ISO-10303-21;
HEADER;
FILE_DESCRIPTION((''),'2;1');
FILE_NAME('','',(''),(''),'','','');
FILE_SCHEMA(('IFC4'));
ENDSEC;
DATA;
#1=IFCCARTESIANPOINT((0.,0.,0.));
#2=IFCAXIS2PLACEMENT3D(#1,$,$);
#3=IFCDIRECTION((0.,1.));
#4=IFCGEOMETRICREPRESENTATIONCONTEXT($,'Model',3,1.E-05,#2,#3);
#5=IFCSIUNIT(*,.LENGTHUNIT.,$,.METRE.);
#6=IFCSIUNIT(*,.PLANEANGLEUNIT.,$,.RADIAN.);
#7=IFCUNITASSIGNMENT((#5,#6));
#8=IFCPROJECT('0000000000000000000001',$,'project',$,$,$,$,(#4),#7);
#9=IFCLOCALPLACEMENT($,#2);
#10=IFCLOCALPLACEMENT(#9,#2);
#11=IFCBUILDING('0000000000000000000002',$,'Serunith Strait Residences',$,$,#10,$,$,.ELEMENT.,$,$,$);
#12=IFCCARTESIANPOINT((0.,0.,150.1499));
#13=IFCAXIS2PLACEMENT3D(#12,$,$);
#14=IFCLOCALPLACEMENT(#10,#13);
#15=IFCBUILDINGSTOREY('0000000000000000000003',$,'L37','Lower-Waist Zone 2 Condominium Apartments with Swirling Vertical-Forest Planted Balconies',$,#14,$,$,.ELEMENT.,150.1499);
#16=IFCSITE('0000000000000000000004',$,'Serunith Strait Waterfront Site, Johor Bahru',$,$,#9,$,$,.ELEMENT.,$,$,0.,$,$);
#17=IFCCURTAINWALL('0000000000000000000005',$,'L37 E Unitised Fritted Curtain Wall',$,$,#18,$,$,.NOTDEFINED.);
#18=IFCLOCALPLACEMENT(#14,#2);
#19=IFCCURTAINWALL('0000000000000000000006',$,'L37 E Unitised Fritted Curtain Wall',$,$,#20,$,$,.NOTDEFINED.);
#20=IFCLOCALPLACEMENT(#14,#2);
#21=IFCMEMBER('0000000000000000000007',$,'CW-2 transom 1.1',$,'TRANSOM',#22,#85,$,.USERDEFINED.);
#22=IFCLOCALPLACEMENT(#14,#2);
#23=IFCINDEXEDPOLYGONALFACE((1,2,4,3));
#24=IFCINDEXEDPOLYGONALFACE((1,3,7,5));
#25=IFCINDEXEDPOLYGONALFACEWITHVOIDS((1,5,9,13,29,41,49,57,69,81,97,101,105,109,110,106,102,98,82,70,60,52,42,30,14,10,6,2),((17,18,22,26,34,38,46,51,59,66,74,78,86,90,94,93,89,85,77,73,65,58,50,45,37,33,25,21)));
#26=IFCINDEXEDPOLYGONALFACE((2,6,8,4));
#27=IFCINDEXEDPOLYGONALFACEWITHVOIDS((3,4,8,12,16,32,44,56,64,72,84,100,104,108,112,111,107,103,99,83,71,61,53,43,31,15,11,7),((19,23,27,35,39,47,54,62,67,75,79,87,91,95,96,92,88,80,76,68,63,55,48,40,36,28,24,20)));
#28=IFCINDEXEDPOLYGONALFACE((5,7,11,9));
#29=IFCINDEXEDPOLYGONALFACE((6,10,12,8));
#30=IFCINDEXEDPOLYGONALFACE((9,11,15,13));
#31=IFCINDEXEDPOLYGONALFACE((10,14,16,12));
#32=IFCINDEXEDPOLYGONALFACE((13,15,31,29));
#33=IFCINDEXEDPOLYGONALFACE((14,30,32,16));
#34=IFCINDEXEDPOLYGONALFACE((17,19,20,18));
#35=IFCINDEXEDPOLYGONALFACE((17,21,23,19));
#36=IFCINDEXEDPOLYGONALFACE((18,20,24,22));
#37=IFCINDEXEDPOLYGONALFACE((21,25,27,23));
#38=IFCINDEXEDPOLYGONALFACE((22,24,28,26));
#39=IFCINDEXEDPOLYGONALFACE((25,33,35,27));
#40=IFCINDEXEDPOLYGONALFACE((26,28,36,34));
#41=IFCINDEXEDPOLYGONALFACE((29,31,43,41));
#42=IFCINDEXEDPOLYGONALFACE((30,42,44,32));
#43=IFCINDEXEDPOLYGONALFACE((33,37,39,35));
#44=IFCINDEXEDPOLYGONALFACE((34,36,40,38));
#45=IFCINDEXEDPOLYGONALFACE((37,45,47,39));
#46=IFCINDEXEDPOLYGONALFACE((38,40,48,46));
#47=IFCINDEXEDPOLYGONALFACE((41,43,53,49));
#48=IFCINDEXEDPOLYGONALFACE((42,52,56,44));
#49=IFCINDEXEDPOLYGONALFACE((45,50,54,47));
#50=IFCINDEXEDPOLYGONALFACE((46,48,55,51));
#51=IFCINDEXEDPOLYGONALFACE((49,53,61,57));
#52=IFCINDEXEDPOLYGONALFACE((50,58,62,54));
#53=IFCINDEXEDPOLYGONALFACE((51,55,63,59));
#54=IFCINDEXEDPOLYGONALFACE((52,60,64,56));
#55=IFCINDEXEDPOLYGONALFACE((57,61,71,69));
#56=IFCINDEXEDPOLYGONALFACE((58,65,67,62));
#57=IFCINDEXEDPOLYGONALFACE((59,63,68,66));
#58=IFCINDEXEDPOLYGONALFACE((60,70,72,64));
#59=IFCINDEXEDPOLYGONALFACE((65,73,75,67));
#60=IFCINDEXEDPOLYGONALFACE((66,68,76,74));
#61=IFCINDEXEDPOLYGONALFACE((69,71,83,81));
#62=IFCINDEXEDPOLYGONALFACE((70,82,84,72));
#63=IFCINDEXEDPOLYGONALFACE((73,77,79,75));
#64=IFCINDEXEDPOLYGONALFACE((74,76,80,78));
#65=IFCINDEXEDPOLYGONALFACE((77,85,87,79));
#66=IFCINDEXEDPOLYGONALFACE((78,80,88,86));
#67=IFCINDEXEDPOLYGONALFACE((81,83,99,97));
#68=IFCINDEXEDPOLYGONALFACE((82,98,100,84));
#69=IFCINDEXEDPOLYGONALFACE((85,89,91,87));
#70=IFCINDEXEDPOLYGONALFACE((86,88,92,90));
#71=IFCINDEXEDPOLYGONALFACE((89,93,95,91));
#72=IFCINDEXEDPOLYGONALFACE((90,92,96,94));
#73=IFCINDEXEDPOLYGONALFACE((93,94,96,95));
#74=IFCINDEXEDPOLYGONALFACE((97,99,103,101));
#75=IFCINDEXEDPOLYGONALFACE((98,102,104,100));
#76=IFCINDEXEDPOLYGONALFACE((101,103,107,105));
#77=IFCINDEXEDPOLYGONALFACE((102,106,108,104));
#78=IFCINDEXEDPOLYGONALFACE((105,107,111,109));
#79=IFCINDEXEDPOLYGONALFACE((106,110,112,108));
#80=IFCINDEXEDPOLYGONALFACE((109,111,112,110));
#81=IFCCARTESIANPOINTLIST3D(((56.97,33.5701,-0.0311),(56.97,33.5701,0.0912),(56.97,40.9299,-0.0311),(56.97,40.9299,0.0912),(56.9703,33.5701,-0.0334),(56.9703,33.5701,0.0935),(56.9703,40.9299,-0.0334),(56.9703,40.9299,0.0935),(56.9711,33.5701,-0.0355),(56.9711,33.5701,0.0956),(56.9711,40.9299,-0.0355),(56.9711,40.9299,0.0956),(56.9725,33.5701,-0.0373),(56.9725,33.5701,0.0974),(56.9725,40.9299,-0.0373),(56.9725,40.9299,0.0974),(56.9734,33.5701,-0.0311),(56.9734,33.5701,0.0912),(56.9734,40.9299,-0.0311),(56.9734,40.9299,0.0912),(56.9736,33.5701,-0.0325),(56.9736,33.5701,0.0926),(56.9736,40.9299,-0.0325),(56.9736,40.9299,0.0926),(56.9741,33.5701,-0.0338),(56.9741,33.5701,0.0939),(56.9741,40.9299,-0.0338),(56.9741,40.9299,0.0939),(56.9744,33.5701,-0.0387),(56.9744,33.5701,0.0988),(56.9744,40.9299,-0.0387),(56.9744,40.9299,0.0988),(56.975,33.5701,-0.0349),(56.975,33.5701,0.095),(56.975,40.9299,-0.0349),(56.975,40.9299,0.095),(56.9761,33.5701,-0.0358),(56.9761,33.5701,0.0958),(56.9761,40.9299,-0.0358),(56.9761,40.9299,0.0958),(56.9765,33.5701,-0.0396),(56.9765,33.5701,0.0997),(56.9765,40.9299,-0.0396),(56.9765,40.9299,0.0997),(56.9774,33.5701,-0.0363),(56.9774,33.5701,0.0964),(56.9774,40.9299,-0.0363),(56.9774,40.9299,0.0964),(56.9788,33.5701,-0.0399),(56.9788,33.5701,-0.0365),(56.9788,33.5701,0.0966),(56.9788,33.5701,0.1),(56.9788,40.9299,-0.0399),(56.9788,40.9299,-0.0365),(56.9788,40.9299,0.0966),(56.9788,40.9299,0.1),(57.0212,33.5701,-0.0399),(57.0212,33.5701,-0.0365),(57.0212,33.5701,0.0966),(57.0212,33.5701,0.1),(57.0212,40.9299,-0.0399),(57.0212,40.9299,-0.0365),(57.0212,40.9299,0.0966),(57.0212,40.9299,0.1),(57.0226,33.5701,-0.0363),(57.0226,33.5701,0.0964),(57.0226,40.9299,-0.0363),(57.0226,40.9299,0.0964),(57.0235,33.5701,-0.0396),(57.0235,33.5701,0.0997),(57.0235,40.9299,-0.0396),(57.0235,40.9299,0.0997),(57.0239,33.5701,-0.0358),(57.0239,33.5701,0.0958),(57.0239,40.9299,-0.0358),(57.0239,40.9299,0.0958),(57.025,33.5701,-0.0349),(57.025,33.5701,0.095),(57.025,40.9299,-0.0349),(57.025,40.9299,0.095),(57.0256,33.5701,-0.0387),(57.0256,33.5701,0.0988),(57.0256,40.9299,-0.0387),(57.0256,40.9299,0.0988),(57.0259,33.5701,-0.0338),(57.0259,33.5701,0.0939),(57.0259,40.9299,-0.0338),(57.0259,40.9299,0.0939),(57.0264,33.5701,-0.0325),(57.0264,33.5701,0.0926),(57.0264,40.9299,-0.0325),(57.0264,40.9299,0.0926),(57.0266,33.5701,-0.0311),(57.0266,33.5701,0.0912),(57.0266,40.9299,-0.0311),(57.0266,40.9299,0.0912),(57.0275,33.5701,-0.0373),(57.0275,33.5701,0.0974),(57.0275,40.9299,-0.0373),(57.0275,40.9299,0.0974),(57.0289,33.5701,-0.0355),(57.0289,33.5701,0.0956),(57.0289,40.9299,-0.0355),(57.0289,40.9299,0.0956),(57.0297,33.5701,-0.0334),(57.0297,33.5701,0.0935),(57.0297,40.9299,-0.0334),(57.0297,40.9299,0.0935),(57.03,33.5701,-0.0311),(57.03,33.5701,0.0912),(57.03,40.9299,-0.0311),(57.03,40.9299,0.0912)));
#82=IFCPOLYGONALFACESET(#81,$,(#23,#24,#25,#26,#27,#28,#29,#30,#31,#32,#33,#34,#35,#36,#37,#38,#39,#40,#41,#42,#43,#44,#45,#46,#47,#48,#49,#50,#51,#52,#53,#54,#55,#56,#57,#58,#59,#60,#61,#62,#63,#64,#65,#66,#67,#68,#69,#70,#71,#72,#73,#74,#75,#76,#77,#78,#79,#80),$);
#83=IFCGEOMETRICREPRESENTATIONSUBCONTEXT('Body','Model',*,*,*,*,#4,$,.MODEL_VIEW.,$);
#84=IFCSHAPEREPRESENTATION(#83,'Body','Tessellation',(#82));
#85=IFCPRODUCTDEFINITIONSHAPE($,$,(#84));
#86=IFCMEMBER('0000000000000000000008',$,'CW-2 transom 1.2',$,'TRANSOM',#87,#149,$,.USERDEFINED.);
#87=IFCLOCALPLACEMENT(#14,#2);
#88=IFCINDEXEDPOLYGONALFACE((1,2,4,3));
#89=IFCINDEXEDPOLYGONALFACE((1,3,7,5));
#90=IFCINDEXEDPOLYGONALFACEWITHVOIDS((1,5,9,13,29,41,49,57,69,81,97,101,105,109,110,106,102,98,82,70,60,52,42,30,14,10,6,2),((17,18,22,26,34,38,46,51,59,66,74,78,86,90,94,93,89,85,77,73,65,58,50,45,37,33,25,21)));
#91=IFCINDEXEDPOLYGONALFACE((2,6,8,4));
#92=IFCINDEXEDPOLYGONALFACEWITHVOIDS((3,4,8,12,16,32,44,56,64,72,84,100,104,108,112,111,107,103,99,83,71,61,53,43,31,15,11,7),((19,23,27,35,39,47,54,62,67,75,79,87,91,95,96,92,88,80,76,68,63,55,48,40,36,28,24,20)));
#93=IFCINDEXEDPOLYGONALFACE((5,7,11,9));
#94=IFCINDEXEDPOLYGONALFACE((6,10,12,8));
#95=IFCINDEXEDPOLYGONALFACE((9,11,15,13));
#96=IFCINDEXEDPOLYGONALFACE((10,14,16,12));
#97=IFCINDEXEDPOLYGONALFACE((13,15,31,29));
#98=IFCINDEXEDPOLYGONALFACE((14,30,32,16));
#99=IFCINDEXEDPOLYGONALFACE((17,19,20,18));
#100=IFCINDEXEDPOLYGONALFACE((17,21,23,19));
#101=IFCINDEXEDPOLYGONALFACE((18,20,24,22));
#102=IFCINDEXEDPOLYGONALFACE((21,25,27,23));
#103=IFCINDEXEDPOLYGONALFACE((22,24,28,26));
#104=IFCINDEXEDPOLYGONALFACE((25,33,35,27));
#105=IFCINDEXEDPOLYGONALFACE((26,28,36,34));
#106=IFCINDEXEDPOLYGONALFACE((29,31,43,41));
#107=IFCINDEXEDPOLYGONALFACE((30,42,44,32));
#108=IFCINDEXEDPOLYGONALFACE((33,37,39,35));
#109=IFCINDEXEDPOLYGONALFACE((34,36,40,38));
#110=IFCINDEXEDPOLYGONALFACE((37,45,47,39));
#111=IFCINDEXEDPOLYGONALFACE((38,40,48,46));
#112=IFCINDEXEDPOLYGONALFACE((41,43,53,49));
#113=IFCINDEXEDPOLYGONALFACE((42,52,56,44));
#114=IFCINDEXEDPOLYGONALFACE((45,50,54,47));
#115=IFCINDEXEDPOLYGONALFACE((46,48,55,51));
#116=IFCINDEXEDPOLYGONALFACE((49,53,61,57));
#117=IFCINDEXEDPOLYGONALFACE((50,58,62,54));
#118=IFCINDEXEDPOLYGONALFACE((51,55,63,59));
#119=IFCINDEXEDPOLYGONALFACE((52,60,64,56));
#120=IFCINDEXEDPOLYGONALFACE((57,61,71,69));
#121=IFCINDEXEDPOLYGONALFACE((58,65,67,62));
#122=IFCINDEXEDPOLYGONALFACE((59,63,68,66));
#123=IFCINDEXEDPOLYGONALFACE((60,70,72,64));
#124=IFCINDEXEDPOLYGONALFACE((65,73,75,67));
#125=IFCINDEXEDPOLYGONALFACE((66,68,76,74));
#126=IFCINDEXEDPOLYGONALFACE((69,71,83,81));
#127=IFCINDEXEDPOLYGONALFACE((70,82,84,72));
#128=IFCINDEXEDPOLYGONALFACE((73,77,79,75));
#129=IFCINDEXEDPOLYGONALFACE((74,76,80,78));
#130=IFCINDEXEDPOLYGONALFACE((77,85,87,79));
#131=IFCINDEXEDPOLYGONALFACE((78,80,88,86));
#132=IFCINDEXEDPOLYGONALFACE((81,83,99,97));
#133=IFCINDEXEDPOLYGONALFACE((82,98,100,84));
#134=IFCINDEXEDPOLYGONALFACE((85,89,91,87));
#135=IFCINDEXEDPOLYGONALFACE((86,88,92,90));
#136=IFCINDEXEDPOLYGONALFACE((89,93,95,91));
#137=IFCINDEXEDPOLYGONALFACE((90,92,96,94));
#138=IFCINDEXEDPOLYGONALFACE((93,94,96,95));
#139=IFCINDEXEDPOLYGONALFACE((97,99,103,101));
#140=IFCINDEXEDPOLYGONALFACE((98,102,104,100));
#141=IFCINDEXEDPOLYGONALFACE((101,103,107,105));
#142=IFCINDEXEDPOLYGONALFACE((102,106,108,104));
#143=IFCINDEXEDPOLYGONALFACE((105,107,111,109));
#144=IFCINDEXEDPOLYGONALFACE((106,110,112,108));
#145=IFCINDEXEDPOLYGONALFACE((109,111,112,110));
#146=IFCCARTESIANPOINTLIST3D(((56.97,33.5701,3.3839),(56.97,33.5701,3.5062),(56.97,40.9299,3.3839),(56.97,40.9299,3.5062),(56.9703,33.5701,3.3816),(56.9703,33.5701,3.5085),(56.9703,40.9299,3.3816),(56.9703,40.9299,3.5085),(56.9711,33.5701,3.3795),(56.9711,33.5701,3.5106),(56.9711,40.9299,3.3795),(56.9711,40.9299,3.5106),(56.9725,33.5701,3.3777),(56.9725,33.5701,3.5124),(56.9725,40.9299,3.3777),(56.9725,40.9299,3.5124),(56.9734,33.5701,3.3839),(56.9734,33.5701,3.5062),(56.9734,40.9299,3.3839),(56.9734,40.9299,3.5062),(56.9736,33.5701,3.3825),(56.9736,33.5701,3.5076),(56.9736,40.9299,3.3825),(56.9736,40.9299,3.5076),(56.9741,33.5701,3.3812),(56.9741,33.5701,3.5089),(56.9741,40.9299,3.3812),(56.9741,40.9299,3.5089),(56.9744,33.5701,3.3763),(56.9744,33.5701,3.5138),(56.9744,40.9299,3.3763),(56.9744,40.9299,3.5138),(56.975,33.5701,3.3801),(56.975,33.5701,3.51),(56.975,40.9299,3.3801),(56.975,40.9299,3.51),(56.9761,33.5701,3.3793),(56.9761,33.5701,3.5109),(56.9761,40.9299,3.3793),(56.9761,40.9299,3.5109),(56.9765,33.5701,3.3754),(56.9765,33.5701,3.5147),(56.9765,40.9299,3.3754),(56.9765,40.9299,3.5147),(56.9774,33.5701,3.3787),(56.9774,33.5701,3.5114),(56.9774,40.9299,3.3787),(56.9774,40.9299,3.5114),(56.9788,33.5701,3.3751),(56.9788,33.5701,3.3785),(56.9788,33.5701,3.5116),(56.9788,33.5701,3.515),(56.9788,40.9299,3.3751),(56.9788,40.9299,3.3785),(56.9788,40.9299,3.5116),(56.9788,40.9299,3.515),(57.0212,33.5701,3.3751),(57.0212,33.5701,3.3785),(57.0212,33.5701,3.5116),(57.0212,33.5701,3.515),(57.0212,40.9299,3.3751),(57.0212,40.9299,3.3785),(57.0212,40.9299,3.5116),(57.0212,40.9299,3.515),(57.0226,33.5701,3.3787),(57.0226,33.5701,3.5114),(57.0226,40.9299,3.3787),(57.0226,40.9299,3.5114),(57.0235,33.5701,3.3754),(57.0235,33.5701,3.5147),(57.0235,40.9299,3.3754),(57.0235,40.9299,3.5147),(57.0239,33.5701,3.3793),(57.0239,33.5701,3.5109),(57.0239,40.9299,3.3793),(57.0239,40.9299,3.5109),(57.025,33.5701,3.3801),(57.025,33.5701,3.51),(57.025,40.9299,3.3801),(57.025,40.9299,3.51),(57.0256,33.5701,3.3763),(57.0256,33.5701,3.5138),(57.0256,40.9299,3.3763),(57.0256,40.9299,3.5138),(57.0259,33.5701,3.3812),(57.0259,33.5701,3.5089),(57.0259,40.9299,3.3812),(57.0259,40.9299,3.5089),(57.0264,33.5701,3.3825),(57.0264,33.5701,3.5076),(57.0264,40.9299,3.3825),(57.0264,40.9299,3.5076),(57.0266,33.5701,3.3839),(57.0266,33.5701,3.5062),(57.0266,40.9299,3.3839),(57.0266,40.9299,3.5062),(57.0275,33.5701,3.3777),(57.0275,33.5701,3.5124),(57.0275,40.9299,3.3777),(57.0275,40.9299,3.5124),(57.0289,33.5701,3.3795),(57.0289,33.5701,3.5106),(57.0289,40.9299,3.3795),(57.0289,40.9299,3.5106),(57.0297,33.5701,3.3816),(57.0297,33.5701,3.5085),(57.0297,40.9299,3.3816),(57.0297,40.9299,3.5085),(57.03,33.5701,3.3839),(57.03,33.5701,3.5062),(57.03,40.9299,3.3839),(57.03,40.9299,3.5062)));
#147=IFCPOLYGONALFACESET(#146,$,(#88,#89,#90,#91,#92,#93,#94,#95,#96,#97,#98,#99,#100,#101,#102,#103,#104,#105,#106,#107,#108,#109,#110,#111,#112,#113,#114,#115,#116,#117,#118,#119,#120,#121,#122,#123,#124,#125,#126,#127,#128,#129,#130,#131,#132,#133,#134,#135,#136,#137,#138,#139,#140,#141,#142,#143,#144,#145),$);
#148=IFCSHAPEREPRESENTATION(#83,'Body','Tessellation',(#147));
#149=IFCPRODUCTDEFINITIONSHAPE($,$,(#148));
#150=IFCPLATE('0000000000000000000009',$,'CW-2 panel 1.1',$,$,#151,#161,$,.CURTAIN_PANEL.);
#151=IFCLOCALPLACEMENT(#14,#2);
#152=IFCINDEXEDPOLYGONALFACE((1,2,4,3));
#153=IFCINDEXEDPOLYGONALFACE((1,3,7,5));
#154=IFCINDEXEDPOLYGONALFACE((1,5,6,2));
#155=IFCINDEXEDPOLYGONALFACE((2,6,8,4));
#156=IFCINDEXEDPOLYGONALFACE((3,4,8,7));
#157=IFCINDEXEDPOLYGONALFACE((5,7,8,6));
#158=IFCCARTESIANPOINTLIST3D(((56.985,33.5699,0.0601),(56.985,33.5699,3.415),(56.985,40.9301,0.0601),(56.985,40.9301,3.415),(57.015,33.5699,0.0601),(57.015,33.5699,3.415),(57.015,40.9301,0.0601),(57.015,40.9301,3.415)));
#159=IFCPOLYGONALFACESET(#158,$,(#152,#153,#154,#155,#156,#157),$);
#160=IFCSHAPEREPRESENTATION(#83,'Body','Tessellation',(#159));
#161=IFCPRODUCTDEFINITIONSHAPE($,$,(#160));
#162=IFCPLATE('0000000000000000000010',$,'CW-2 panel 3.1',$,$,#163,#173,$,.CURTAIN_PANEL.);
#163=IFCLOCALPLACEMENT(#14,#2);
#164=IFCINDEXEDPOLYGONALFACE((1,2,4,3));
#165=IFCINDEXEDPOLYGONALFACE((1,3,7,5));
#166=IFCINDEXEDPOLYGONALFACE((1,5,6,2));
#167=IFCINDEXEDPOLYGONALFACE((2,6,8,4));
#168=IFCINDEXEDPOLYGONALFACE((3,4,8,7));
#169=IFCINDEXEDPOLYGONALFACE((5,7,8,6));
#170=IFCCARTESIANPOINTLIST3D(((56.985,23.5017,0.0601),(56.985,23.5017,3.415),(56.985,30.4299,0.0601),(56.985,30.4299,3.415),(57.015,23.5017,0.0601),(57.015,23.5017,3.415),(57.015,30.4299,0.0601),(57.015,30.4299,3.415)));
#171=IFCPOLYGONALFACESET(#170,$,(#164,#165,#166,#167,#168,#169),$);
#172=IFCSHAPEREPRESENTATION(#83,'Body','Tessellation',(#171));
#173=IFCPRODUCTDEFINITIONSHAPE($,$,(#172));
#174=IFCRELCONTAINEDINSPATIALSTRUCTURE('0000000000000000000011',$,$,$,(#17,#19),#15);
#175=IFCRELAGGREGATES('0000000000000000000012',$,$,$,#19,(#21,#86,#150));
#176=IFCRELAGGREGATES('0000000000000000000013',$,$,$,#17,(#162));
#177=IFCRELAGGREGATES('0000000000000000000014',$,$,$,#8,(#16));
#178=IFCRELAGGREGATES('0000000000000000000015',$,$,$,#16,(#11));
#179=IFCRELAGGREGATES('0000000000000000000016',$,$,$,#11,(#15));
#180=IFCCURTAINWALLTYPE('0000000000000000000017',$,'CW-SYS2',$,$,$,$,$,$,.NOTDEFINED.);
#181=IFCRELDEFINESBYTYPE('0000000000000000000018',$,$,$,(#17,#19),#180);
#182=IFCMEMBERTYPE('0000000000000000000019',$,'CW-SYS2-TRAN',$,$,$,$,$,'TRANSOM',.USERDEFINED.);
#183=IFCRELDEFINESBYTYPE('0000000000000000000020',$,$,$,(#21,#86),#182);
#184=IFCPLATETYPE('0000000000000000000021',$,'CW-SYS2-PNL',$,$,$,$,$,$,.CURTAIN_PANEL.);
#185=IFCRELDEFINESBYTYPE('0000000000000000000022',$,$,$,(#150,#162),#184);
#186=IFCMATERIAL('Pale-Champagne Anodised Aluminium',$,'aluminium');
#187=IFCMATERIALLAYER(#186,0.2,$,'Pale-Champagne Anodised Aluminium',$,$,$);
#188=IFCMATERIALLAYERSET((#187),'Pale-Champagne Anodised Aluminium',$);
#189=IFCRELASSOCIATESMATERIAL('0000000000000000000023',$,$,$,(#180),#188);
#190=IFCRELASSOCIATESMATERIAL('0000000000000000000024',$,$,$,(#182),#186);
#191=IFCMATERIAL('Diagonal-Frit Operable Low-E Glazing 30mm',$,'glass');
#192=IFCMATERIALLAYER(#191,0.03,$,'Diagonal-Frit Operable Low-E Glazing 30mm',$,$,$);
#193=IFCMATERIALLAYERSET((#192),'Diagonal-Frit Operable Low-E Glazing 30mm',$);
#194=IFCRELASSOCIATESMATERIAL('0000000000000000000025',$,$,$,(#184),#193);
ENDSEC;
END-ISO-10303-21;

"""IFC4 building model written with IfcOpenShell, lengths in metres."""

from ifc_helpers import new_model, si_unit, direction, frame, origin, origin_2d, place, context, subcontext, project, spatial, rectangle, hollow_rectangle, extrude, source, transform, mapped, material, layer, layer_set, material_profile, profile_set, type_object, element, aggregate, save


model = new_model("IFC4")

# Units and contexts
model_context = context("Model", 3, precision=1e-05, world=origin(), true_north=direction((0.0, 1.0)))
body_context = subcontext(model_context, "Body", "Model", "MODEL_VIEW")
ifc_project = project(units=[si_unit("LENGTHUNIT", "METRE"), si_unit("PLANEANGLEUNIT", "RADIAN")], contexts=[model_context])

# Site, building, storey
site_placement = place(None, origin())
site = spatial("IfcSite", under=ifc_project, at=site_placement, Name="Serunith Strait Waterfront Site, Johor Bahru", CompositionType="ELEMENT", RefElevation=0.0)
building_placement = place(site_placement, origin())
building = spatial("IfcBuilding", under=site, at=building_placement, Name="Serunith Strait Residences", CompositionType="ELEMENT")
storey_placement = place(building_placement, frame((0.0, 0.0, 150.1499)))
storey = spatial("IfcBuildingStorey", under=building, at=storey_placement, Name="L37", Description="Lower-Waist Zone 2 Condominium Apartments with Swirling Vertical-Forest Planted Balconies", CompositionType="ELEMENT", Elevation=150.1499)

# Curtain wall
ifc_material_1 = material(Name="Pale-Champagne Anodised Aluminium", Category="aluminium")
ifc_layer_1 = layer(ifc_material_1, 0.2, Name="Pale-Champagne Anodised Aluminium")
ifc_layer_set_1 = layer_set([ifc_layer_1], Name="Pale-Champagne Anodised Aluminium")
curtain_wall_type = type_object("IfcCurtainWallType", Name="CW-SYS2", PredefinedType="NOTDEFINED", material=ifc_layer_set_1)
curtain_wall_1_placement = place(storey_placement, origin())
curtain_wall_1 = element("IfcCurtainWall", 1, at=curtain_wall_1_placement, inside=storey, type_object=curtain_wall_type, Name="L37 E Unitised Fritted Curtain Wall", PredefinedType="NOTDEFINED")

# Curtain wall, members, plate
curtain_wall_2_placement = place(storey_placement, origin())
curtain_wall_2 = element("IfcCurtainWall", 2, at=curtain_wall_2_placement, inside=storey, type_object=curtain_wall_type, Name="L37 E Unitised Fritted Curtain Wall", PredefinedType="NOTDEFINED")
ifc_material_profile_1 = material_profile(ifc_material_1, hollow_rectangle(XDim=0.0601, YDim=0.1399, WallThickness=0.0034, InnerFilletRadius=0.0054, OuterFilletRadius=0.0088, at=origin_2d()), Name="ALU 140x60x3.5")
ifc_profile_set_1 = profile_set([ifc_material_profile_1], Name="Pale-Champagne Anodised Aluminium")
member_type_1 = type_object("IfcMemberType", Name="CW-SYS2-TRAN", ElementType="TRANSOM", PredefinedType="USERDEFINED", material=ifc_profile_set_1)
shared_shape_1 = source(origin(), body_context, "Body", "SweptSolid", [
    extrude(hollow_rectangle(XDim=0.0601, YDim=0.1399, WallThickness=0.0034, InnerFilletRadius=0.0054, OuterFilletRadius=0.0088, at=origin_2d()), origin(), (0.0, 0.0, 1.0), 7.3599),
])
member_1_placement = place(storey_placement, frame((57.0, 33.5701, 0.03), z_axis=(0.0, 1.0, 0.0), x_axis=(-1.0, 0.0, 0.0)))
member_1 = element("IfcMember", 3, at=member_1_placement, type_object=member_type_1, Name="CW-2 transom 1.1", ObjectType="TRANSOM", PredefinedType="USERDEFINED", context=body_context, shape_type="MappedRepresentation", body=[
    mapped(shared_shape_1, transform((0.0, 0.0, 0.0), scale=1.0)),
])
member_2_placement = place(storey_placement, frame((57.0, 33.5701, 3.4451), z_axis=(0.0, 1.0, 0.0), x_axis=(-1.0, 0.0, 0.0)))
member_2 = element("IfcMember", 4, at=member_2_placement, type_object=member_type_1, Name="CW-2 transom 1.2", ObjectType="TRANSOM", PredefinedType="USERDEFINED", context=body_context, shape_type="MappedRepresentation", body=[
    mapped(shared_shape_1, transform((0.0, 0.0, 0.0), scale=1.0)),
])
ifc_material_2 = material(Name="Diagonal-Frit Operable Low-E Glazing 30mm", Category="glass")
ifc_layer_2 = layer(ifc_material_2, 0.03, Name="Diagonal-Frit Operable Low-E Glazing 30mm")
ifc_layer_set_2 = layer_set([ifc_layer_2], Name="Diagonal-Frit Operable Low-E Glazing 30mm")
plate_type = type_object("IfcPlateType", Name="CW-SYS2-PNL", PredefinedType="CURTAIN_PANEL", material=ifc_layer_set_2)
shared_shape_2 = source(origin(), body_context, "Body", "SweptSolid", [
    extrude(rectangle(XDim=7.3601, YDim=0.03, at=origin_2d()), origin(), (0.0, 0.0, 1.0), 3.355),
])
plate_1_placement = place(storey_placement, frame((57.0, 37.25, 0.0601), z_axis=(0.0, 0.0, 1.0), x_axis=(0.0, 1.0, 0.0)))
plate_1 = element("IfcPlate", 5, at=plate_1_placement, type_object=plate_type, Name="CW-2 panel 1.1", PredefinedType="CURTAIN_PANEL", context=body_context, shape_type="MappedRepresentation", body=[
    mapped(shared_shape_2, transform((0.0, 0.0, 0.0), scale=1.0)),
])
aggregate(curtain_wall_2, [member_1, member_2, plate_1])

# Plate
shared_shape_3 = source(origin(), body_context, "Body", "SweptSolid", [
    extrude(rectangle(XDim=6.9282, YDim=0.03, at=origin_2d()), origin(), (0.0, 0.0, 1.0), 3.355),
])
plate_2_placement = place(storey_placement, frame((57.0, 26.9658, 0.0601), z_axis=(0.0, 0.0, 1.0), x_axis=(0.0, 1.0, 0.0)))
plate_2 = element("IfcPlate", 6, at=plate_2_placement, type_object=plate_type, Name="CW-2 panel 3.1", PredefinedType="CURTAIN_PANEL", context=body_context, shape_type="MappedRepresentation", body=[
    mapped(shared_shape_3, transform((0.0, 0.0, 0.0), scale=1.0)),
])
aggregate(curtain_wall_1, [plate_2])

save(model, "model.ifc")
